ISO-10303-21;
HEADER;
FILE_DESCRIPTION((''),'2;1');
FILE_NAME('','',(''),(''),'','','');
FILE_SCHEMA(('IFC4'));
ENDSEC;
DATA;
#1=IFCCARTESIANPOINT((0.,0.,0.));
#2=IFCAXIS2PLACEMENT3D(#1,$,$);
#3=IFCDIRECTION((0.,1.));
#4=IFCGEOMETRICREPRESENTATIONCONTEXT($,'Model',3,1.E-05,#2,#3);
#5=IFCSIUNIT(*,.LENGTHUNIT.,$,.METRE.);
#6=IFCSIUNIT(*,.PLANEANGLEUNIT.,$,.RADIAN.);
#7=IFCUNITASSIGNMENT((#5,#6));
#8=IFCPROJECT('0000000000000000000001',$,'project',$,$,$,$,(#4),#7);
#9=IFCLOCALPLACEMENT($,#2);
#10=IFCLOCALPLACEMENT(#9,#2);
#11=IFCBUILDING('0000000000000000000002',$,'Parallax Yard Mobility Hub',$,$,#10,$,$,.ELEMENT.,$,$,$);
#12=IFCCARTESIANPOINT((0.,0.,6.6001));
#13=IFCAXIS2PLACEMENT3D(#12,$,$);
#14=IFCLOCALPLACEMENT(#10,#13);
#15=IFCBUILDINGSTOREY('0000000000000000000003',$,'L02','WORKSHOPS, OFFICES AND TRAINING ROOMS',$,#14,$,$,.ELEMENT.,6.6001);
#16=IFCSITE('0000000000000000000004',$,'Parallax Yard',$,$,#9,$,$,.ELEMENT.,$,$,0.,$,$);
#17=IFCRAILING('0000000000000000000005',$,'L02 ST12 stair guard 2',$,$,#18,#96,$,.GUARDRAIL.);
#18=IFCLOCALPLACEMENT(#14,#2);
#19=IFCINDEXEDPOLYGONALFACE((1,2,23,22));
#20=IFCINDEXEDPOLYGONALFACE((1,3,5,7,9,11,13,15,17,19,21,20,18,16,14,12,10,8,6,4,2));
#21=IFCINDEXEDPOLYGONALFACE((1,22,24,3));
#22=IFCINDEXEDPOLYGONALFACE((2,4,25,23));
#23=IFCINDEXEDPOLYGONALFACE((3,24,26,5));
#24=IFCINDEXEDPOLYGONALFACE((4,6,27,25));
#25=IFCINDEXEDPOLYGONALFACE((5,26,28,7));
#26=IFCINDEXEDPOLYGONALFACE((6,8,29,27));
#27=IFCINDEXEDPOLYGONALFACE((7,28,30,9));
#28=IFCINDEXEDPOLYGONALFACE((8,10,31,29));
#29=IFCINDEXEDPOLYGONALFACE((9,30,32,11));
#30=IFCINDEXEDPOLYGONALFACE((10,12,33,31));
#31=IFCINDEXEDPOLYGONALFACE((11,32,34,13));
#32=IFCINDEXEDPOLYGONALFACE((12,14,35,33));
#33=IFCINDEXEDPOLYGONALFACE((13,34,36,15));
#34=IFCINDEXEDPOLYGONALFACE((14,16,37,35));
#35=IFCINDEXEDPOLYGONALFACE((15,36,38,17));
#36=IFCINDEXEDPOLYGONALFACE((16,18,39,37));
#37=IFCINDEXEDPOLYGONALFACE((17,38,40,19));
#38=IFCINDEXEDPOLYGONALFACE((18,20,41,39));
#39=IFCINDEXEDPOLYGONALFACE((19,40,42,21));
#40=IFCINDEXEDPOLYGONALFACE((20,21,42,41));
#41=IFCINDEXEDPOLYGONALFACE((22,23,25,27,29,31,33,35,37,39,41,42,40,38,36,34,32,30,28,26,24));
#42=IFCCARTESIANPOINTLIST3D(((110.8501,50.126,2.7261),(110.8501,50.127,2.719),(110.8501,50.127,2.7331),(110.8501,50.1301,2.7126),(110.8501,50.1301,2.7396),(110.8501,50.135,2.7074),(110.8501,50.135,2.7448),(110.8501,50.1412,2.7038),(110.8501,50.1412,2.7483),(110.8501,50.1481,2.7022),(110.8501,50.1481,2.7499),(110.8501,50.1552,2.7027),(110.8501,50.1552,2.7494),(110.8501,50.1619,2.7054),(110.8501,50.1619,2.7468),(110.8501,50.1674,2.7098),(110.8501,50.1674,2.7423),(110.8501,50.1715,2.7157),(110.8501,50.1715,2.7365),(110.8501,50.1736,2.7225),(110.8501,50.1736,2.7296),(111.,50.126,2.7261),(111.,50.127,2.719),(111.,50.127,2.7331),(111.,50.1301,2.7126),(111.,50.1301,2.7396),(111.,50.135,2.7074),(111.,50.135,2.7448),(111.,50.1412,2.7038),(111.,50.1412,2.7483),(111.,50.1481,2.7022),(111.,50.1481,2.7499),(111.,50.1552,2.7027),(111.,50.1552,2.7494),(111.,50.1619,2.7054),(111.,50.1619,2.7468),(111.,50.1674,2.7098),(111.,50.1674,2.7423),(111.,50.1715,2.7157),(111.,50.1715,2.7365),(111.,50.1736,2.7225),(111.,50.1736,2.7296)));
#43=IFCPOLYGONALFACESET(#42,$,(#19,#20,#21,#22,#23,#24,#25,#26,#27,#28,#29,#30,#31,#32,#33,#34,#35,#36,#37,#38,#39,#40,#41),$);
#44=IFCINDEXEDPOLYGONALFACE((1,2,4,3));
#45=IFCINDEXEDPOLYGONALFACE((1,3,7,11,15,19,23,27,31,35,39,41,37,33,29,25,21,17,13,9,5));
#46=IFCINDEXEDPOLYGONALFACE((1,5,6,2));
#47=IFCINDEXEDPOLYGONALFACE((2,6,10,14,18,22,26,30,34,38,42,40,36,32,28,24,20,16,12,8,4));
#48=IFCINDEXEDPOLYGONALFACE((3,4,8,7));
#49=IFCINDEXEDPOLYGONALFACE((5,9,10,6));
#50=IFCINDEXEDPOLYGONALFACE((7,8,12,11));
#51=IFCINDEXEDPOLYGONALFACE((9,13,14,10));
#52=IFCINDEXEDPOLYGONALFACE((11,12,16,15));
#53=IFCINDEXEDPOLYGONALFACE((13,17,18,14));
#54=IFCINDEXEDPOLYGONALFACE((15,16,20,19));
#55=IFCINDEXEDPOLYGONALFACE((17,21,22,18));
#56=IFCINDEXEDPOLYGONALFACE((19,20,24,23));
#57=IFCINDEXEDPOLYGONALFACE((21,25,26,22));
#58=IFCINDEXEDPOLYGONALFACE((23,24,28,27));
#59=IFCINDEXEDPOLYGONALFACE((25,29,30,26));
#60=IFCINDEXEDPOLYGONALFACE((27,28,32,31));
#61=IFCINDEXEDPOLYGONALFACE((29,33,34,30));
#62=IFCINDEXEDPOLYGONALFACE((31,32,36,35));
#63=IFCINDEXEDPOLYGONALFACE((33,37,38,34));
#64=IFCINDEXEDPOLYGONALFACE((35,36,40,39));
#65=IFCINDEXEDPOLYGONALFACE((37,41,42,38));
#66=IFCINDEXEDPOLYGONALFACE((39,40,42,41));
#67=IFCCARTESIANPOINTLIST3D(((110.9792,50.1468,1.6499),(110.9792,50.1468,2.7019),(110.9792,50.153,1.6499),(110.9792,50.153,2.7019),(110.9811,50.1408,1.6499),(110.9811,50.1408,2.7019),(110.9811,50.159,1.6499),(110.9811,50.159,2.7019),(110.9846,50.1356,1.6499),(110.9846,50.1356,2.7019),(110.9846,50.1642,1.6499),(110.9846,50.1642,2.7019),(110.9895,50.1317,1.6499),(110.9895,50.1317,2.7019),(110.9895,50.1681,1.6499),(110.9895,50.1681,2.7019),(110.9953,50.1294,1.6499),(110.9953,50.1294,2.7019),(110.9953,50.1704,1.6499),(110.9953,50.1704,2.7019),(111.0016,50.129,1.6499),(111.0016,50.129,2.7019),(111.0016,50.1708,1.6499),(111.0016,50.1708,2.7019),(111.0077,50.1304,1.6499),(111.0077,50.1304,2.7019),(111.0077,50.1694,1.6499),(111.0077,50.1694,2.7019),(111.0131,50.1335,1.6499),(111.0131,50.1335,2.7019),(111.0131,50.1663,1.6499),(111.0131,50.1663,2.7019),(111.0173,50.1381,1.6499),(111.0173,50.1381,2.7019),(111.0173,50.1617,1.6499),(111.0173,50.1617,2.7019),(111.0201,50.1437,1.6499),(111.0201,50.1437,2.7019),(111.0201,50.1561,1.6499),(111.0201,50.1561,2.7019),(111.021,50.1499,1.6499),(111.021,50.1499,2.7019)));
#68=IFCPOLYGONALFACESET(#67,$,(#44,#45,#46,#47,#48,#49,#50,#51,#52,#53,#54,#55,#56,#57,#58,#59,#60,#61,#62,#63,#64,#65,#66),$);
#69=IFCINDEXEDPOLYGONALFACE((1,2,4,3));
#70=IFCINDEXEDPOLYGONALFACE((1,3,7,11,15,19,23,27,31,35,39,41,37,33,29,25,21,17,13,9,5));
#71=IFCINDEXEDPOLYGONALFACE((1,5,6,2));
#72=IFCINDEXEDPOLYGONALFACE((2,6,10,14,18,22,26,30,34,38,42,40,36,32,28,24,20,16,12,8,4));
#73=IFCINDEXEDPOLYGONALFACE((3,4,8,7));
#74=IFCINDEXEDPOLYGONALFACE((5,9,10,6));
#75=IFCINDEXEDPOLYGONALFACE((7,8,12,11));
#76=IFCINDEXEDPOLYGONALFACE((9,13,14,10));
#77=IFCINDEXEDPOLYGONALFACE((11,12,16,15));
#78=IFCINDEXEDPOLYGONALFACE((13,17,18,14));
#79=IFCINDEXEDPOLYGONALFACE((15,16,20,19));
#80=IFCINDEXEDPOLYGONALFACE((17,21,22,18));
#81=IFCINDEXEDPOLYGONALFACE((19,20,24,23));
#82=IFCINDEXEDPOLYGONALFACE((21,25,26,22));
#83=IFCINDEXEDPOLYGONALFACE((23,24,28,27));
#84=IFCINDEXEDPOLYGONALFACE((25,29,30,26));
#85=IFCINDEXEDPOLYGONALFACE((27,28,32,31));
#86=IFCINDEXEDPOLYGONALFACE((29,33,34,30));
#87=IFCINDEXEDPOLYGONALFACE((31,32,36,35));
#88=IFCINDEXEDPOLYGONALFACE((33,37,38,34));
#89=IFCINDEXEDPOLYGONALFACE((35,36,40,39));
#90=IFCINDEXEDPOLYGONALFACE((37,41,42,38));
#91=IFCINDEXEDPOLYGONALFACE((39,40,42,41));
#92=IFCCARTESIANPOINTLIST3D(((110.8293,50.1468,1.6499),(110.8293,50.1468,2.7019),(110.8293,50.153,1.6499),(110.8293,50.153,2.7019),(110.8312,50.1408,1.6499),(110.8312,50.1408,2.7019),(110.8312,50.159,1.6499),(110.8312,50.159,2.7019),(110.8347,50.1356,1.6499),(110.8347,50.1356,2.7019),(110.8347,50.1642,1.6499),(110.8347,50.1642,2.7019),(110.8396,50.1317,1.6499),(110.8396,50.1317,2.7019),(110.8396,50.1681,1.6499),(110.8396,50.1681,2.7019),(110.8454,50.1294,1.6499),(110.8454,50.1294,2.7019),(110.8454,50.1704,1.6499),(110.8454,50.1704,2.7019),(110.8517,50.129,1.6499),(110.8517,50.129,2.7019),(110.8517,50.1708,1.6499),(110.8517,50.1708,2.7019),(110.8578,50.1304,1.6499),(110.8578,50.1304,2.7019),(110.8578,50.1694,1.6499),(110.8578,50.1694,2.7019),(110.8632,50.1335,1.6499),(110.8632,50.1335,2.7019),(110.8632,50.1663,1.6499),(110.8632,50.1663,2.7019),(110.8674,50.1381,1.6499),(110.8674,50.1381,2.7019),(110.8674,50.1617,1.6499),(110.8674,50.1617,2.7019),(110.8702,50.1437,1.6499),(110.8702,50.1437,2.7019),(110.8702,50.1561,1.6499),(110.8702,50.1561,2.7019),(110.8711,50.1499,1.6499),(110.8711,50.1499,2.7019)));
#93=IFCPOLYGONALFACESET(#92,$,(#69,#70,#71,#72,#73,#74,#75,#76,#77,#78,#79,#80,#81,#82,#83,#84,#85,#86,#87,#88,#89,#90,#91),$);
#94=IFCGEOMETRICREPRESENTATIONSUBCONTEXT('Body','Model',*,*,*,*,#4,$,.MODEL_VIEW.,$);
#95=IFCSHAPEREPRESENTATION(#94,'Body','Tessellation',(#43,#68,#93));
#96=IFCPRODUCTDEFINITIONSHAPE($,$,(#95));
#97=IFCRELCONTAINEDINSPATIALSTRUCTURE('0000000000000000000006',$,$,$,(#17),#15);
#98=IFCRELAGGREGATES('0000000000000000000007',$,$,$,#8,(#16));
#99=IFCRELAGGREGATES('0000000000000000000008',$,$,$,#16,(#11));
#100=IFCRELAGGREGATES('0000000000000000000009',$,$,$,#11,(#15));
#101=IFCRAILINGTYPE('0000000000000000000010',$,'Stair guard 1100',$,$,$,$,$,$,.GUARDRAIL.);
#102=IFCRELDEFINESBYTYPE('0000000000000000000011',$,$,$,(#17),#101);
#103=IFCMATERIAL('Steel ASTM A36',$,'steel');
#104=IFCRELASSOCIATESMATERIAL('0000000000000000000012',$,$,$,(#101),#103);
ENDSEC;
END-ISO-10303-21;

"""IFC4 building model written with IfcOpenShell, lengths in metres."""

from ifc_helpers import new_model, si_unit, direction, frame, origin, origin_2d, place, context, subcontext, project, spatial, circle, extrude, material, type_object, element, save


model = new_model("IFC4")

# Units and contexts
model_context = context("Model", 3, precision=1e-05, world=origin(), true_north=direction((0.0, 1.0)))
body_context = subcontext(model_context, "Body", "Model", "MODEL_VIEW")
ifc_project = project(units=[si_unit("LENGTHUNIT", "METRE"), si_unit("PLANEANGLEUNIT", "RADIAN")], contexts=[model_context])

# Site, building, storey
site_placement = place(None, origin())
site = spatial("IfcSite", under=ifc_project, at=site_placement, Name="Parallax Yard", CompositionType="ELEMENT", RefElevation=0.0)
building_placement = place(site_placement, origin())
building = spatial("IfcBuilding", under=site, at=building_placement, Name="Parallax Yard Mobility Hub", CompositionType="ELEMENT")
storey_placement = place(building_placement, frame((0.0, 0.0, 6.6001)))
storey = spatial("IfcBuildingStorey", under=building, at=storey_placement, Name="L02", Description="WORKSHOPS, OFFICES AND TRAINING ROOMS", CompositionType="ELEMENT", Elevation=6.6001)

# Railing
ifc_material_1 = material(Name="Steel ASTM A36", Category="steel")
railing_type_1 = type_object("IfcRailingType", Name="Stair guard 1100", PredefinedType="GUARDRAIL", material=ifc_material_1)
railing_1_placement = place(storey_placement, frame((111.0, 50.1499, 1.6499)))
element("IfcRailing", 1, at=railing_1_placement, inside=storey, type_object=railing_type_1, Name="L02 ST12 stair guard 2", PredefinedType="GUARDRAIL", context=body_context, shape_type="SweptSolid", body=[
    extrude(circle(Radius=0.0239, at=origin_2d()), frame((0.0, 0.0, 1.0762), z_axis=(-1.0, 0.0, 0.0), x_axis=(0.0, -1.0, 0.0)), (0.0, 0.0, 1.0), 0.1499),
    extrude(circle(Radius=0.021, at=origin_2d()), origin(), (0.0, 0.0, 1.0), 1.052),
    extrude(circle(Radius=0.021, at=origin_2d()), frame((-0.1499, 0.0, 0.0)), (0.0, 0.0, 1.0), 1.052),
])

save(model, "model.ifc")
